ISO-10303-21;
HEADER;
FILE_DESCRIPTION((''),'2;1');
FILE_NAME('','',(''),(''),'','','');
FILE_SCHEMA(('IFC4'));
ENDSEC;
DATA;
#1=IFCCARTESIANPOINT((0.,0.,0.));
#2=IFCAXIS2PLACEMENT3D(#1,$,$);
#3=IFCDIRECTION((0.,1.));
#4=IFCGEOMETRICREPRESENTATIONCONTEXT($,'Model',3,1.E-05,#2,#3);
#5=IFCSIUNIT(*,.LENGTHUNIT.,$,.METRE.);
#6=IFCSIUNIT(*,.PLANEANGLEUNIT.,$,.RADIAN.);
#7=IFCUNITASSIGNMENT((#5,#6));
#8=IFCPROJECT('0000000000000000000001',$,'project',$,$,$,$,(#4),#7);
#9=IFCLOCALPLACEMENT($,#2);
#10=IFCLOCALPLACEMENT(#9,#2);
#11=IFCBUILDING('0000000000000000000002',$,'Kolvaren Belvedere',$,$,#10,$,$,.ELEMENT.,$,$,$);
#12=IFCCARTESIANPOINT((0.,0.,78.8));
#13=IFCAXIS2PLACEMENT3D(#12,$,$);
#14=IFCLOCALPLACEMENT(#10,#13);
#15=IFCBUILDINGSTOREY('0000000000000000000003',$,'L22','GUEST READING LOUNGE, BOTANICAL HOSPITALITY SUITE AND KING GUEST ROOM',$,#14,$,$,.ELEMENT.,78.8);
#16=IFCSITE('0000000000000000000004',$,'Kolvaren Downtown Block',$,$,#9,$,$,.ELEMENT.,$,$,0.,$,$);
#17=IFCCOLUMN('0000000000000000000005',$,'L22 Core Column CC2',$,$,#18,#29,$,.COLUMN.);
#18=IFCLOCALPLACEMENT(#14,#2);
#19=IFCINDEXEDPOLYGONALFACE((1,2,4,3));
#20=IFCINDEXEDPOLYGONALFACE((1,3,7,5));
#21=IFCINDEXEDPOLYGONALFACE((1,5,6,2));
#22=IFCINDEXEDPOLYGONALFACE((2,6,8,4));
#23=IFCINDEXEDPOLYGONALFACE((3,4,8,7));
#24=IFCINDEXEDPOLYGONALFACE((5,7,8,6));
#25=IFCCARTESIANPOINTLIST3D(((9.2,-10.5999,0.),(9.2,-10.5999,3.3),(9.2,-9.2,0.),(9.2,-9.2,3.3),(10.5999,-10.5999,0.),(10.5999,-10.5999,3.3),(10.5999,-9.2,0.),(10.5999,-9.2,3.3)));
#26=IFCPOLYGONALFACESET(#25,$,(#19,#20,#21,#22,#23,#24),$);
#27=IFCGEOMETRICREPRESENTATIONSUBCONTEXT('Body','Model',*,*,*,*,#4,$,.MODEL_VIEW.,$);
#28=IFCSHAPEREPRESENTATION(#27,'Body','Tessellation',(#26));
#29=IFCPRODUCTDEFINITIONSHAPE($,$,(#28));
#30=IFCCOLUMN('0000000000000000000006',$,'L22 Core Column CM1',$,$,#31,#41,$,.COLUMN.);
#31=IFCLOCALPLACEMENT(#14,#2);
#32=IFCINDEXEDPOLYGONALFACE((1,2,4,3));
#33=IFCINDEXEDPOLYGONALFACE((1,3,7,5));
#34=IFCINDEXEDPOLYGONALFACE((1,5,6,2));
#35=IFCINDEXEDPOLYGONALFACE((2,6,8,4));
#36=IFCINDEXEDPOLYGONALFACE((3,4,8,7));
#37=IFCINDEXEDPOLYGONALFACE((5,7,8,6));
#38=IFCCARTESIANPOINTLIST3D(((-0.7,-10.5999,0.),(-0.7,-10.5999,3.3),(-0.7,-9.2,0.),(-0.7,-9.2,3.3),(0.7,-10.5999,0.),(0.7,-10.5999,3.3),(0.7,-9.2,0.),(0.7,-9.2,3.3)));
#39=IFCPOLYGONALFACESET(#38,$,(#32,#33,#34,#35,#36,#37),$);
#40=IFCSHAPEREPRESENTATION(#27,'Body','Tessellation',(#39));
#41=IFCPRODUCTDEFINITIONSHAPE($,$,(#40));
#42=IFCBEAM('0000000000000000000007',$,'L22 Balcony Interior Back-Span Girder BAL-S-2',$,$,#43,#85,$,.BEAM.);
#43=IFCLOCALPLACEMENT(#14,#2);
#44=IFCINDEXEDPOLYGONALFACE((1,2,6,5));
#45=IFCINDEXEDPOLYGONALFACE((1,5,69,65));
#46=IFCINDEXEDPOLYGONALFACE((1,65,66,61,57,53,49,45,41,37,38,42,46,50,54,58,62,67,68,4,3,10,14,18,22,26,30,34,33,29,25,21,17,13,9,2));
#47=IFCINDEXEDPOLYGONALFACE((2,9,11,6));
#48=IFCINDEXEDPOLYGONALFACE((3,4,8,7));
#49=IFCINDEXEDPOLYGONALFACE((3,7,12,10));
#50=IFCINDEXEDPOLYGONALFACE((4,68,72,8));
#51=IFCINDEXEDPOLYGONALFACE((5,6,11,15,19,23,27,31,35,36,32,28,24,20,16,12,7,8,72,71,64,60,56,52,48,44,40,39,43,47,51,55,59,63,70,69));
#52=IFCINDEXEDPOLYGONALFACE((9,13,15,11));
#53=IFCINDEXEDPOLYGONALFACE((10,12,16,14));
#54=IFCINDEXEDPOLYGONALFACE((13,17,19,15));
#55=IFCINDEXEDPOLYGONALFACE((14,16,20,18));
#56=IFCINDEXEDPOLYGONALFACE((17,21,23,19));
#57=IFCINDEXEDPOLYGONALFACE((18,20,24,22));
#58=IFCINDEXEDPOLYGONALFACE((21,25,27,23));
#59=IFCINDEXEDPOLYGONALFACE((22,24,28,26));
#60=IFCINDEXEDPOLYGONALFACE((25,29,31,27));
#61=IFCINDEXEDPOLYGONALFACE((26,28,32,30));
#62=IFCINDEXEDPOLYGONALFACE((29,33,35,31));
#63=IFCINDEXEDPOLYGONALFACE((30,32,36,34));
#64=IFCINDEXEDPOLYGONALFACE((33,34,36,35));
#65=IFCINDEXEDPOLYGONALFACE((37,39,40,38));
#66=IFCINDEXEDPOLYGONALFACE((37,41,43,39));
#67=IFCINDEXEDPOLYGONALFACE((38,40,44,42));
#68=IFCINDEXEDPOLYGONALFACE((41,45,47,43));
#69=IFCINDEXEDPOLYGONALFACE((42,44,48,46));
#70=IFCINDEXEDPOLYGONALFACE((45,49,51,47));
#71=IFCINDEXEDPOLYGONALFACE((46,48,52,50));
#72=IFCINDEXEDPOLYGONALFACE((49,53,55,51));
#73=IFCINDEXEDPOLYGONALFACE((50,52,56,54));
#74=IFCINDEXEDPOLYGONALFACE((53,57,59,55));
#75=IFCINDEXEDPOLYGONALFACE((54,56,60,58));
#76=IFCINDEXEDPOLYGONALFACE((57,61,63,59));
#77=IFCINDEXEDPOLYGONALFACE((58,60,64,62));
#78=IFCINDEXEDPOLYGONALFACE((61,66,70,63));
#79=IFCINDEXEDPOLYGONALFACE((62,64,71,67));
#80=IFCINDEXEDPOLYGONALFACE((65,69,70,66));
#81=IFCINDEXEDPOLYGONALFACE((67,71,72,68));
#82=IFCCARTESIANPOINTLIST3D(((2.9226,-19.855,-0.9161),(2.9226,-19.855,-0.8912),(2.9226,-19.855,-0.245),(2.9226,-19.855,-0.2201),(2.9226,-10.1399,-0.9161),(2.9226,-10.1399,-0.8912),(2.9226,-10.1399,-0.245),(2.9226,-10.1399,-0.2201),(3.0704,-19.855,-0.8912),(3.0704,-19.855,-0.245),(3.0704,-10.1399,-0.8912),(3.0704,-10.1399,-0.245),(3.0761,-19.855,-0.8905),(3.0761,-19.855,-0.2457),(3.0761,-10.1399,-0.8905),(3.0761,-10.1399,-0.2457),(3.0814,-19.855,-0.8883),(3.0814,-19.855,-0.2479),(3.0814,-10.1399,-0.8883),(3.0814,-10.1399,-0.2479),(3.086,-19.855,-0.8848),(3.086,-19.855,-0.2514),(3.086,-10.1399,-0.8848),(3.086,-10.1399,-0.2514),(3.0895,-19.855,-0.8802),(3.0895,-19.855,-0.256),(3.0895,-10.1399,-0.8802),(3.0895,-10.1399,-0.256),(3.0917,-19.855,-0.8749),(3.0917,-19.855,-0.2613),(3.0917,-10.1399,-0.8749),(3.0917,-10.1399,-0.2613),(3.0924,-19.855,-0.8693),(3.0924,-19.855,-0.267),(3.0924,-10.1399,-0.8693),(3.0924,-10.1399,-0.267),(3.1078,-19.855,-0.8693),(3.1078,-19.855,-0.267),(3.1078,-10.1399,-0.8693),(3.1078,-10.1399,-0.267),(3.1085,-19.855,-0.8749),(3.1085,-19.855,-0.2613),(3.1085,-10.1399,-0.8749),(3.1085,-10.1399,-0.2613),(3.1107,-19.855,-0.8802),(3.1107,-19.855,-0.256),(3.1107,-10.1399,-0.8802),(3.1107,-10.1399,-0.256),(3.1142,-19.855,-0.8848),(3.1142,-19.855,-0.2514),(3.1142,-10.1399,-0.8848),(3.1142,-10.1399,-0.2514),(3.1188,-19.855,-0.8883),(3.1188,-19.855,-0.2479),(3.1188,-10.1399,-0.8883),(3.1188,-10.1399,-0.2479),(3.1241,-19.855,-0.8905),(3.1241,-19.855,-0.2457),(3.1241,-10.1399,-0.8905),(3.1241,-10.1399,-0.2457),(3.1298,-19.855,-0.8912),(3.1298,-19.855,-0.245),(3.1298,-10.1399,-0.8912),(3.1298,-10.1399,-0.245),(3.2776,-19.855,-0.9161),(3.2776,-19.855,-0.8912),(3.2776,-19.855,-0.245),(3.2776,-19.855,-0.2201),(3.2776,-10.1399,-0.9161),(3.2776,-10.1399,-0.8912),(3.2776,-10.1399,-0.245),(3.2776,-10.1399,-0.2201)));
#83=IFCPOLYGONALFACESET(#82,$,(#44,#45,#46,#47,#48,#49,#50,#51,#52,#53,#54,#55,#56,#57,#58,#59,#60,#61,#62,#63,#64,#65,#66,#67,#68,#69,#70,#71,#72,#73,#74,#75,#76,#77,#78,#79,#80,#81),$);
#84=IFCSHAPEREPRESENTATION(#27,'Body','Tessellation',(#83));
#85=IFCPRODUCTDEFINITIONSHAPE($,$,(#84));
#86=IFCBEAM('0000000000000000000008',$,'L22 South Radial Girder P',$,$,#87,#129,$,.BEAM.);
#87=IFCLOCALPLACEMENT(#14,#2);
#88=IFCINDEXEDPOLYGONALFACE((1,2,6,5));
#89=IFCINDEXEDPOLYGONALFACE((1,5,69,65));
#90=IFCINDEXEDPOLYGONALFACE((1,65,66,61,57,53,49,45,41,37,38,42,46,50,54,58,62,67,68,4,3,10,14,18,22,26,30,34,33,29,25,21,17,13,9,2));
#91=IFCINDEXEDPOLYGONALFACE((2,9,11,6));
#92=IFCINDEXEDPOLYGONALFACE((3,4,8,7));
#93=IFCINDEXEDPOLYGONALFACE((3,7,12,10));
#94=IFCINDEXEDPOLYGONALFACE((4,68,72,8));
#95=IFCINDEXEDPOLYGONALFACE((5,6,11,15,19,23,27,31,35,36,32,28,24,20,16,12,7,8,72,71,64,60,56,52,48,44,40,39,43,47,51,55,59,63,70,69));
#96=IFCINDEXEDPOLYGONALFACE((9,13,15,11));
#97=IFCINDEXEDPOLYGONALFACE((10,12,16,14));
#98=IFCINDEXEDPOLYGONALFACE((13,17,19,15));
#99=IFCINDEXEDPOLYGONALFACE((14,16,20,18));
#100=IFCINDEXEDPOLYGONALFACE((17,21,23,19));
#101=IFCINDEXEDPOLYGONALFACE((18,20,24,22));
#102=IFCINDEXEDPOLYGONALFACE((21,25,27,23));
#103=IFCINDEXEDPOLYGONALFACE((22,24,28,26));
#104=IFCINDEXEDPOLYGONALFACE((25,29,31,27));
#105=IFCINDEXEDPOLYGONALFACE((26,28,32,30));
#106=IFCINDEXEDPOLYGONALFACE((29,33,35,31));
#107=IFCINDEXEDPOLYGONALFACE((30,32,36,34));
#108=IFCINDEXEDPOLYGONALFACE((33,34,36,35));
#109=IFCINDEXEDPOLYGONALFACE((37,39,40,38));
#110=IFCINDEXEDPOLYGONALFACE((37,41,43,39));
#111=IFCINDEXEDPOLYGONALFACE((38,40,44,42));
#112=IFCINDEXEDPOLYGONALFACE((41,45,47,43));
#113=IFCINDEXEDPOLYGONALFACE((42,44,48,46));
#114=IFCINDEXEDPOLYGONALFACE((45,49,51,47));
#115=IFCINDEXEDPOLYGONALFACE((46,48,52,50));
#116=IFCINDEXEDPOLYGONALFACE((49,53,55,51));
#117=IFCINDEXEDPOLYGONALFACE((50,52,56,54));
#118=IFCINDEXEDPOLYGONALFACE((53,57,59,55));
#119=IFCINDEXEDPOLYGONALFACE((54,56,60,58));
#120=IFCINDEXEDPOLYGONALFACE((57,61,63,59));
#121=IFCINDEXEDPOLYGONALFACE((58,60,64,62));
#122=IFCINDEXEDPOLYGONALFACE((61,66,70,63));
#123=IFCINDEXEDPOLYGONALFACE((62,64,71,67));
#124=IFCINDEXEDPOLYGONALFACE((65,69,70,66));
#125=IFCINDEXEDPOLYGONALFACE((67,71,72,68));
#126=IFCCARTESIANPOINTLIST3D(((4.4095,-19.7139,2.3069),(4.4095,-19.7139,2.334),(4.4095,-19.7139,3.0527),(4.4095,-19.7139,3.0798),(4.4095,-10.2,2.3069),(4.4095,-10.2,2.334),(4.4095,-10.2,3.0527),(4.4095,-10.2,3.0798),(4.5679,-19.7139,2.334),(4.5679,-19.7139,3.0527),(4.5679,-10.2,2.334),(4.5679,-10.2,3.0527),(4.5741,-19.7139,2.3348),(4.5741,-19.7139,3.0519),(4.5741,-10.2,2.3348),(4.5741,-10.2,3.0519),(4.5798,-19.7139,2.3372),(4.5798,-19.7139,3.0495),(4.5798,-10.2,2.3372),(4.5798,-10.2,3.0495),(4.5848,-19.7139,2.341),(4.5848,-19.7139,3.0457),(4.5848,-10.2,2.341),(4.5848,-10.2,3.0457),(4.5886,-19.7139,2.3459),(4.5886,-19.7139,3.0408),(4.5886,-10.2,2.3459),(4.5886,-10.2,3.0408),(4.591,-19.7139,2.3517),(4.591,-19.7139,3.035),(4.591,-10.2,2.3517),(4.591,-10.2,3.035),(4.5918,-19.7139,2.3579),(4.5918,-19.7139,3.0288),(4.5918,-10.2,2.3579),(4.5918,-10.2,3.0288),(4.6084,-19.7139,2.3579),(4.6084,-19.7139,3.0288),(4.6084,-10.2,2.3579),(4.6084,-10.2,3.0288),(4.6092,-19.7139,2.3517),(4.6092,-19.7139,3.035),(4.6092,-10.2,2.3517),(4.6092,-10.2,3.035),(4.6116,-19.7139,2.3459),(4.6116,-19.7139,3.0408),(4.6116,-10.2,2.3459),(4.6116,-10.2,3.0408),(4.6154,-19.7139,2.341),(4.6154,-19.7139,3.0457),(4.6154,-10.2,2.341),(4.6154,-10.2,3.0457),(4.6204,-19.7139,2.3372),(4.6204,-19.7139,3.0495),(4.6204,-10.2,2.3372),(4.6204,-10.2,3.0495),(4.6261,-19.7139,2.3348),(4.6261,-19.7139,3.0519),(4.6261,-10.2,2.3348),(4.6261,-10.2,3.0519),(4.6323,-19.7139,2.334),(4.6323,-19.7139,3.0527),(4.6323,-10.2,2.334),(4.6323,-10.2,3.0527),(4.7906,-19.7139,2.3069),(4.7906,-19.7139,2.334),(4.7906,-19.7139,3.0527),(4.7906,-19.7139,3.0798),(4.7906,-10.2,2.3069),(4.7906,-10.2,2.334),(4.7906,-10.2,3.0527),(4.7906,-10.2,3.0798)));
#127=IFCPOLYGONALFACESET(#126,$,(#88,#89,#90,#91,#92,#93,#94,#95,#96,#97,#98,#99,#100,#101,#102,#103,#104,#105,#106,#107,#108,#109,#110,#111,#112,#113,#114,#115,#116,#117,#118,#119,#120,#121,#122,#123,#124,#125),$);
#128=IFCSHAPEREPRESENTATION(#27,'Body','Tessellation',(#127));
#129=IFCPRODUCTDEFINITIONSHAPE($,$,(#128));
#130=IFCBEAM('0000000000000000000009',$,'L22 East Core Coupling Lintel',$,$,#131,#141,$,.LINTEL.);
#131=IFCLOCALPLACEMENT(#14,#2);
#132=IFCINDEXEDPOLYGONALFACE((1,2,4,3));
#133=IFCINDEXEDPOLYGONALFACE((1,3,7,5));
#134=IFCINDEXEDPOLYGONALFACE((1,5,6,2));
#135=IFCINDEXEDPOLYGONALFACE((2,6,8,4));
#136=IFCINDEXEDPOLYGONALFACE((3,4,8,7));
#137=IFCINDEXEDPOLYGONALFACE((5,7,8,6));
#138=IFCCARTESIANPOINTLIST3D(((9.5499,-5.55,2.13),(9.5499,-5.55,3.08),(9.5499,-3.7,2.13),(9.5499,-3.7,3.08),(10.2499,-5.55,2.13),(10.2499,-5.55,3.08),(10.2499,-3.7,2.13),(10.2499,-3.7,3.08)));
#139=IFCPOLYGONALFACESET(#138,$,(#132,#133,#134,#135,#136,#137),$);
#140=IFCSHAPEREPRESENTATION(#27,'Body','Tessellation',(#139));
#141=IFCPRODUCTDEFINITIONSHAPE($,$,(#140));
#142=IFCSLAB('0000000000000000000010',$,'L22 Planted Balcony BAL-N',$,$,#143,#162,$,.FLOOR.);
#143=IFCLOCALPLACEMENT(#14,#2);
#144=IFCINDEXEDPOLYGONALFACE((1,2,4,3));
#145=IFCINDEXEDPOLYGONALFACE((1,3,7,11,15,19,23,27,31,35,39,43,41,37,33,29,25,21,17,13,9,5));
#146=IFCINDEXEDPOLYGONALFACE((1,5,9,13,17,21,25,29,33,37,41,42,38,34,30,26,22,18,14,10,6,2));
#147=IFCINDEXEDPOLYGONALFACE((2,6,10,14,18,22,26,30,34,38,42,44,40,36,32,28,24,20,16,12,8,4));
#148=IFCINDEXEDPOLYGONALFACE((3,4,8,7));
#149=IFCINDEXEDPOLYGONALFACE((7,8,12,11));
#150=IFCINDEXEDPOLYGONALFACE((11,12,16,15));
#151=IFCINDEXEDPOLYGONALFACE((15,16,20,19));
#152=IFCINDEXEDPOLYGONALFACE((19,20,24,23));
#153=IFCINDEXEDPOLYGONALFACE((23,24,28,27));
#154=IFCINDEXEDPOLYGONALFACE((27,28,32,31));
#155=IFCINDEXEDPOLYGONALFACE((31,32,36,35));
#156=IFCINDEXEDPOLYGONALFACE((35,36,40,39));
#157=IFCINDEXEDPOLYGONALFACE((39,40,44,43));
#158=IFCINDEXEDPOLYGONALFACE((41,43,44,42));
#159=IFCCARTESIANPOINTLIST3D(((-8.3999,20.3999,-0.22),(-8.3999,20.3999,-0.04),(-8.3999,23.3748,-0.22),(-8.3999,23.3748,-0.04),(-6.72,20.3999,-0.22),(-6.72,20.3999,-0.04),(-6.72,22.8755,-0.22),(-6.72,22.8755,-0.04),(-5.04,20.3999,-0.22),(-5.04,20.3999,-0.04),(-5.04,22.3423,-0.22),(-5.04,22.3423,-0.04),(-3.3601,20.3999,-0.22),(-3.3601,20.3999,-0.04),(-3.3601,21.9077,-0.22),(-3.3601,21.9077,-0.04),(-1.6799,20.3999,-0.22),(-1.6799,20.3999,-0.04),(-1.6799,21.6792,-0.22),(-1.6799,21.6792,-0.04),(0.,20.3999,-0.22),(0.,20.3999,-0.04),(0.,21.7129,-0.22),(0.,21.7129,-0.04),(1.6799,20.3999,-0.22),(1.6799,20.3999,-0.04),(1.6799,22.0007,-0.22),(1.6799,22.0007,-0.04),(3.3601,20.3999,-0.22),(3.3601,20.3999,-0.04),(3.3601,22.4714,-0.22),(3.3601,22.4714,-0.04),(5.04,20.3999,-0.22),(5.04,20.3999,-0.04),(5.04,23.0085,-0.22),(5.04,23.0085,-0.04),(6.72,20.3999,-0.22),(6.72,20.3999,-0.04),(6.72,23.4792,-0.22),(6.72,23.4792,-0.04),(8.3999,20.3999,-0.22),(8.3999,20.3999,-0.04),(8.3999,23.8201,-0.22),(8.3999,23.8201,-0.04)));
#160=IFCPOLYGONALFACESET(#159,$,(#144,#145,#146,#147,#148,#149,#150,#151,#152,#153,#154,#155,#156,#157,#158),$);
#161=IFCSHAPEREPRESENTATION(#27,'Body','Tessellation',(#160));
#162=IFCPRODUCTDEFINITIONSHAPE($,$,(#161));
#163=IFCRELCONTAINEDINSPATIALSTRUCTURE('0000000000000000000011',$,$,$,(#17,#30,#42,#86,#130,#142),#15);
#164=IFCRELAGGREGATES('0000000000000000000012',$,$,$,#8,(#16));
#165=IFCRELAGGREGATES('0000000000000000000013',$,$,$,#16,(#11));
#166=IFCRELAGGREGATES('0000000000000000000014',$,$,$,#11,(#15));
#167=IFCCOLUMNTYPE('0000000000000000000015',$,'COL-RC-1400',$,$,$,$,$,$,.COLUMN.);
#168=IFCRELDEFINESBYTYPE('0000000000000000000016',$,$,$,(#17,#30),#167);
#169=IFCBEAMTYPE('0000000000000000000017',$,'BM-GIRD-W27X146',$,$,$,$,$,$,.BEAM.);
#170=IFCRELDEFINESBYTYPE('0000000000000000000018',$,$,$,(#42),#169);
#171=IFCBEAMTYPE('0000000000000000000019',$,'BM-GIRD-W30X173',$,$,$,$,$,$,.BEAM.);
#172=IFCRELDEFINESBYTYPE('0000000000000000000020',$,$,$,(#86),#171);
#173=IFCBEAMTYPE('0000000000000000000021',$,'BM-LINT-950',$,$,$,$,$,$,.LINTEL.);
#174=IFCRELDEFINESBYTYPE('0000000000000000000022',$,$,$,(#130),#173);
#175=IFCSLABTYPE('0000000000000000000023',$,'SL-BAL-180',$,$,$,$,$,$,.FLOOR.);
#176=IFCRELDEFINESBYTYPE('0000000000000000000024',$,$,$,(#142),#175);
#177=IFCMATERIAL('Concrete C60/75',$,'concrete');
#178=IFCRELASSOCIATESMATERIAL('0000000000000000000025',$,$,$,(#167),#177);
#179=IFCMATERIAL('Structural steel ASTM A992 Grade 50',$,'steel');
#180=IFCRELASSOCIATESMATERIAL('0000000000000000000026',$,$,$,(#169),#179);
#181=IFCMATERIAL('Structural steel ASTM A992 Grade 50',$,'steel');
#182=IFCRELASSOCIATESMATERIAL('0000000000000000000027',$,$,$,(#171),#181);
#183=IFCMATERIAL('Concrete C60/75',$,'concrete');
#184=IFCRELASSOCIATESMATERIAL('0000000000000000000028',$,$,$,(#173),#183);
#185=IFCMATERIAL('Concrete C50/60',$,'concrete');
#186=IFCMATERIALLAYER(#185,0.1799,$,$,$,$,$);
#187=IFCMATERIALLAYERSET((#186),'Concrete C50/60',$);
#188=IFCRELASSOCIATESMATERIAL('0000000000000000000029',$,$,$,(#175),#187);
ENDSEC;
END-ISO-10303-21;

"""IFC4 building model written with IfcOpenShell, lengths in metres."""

from ifc_helpers import new_model, si_unit, direction, frame, origin, origin_2d, place, context, subcontext, project, spatial, polyline, rectangle, i_section, outline, extrude, material, layer, layer_set, material_profile, profile_set, type_object, element, save


model = new_model("IFC4")

# Units and contexts
model_context = context("Model", 3, precision=1e-05, world=origin(), true_north=direction((0.0, 1.0)))
body_context = subcontext(model_context, "Body", "Model", "MODEL_VIEW")
ifc_project = project(units=[si_unit("LENGTHUNIT", "METRE"), si_unit("PLANEANGLEUNIT", "RADIAN")], contexts=[model_context])

# Site, building, storey
site_placement = place(None, origin())
site = spatial("IfcSite", under=ifc_project, at=site_placement, Name="Kolvaren Downtown Block", CompositionType="ELEMENT", RefElevation=0.0)
building_placement = place(site_placement, origin())
building = spatial("IfcBuilding", under=site, at=building_placement, Name="Kolvaren Belvedere", CompositionType="ELEMENT")
storey_placement = place(building_placement, frame((0.0, 0.0, 78.8)))
storey = spatial("IfcBuildingStorey", under=building, at=storey_placement, Name="L22", Description="GUEST READING LOUNGE, BOTANICAL HOSPITALITY SUITE AND KING GUEST ROOM", CompositionType="ELEMENT", Elevation=78.8)

# Columns
ifc_material_1 = material(Name="Concrete C60/75", Category="concrete")
ifc_material_profile_1 = material_profile(ifc_material_1, rectangle(XDim=1.3999, YDim=1.3999, at=origin_2d()), Name="RC 1400X1400")
ifc_profile_set_1 = profile_set([ifc_material_profile_1], Name="Concrete C60/75")
column_type = type_object("IfcColumnType", Name="COL-RC-1400", PredefinedType="COLUMN", material=ifc_profile_set_1)
for number, where, z_axis, x_axis, name in (
    (1, (9.8999, -9.8999, 0.0), (0.0, 0.0, 1.0), (1.0, 0.0, 0.0), "L22 Core Column CC2"),
    (2, (0.0, -9.8999, 0.0), (0.0, 0.0, 1.0), (1.0, 0.0, 0.0), "L22 Core Column CM1"),
):
    element("IfcColumn", number, at=place(storey_placement, frame(where, z_axis=z_axis, x_axis=x_axis)), inside=storey, type_object=column_type, Name=name, PredefinedType="COLUMN", context=body_context, shape_type="SweptSolid", body=[
        extrude(rectangle(XDim=1.3999, YDim=1.3999, at=origin_2d()), origin(), (0.0, 0.0, 1.0), 3.3),
    ])

# Beams
ifc_material_2 = material(Name="Structural steel ASTM A992 Grade 50", Category="steel")
ifc_material_profile_2 = material_profile(ifc_material_2, i_section(OverallWidth=0.355, OverallDepth=0.696, WebThickness=0.0154, FlangeThickness=0.0249, FilletRadius=0.022, at=origin_2d()), Name="W27X146")
ifc_profile_set_2 = profile_set([ifc_material_profile_2], Name="Structural steel ASTM A992 Grade 50")
beam_type_1 = type_object("IfcBeamType", Name="BM-GIRD-W27X146", PredefinedType="BEAM", material=ifc_profile_set_2)
beam_1_placement = place(storey_placement, frame((3.1001, -10.1399, -0.5681), z_axis=(0.0, -1.0, 0.0), x_axis=(1.0, 0.0, 0.0)))
element("IfcBeam", 3, at=beam_1_placement, inside=storey, type_object=beam_type_1, Name="L22 Balcony Interior Back-Span Girder BAL-S-2", PredefinedType="BEAM", context=body_context, shape_type="SweptSolid", body=[
    extrude(i_section(OverallWidth=0.355, OverallDepth=0.696, WebThickness=0.0154, FlangeThickness=0.0249, FilletRadius=0.022, at=origin_2d()), origin(), (0.0, 0.0, 1.0), 9.7151),
])
ifc_material_3 = material(Name="Structural steel ASTM A992 Grade 50", Category="steel")
ifc_material_profile_3 = material_profile(ifc_material_3, i_section(OverallWidth=0.3811, OverallDepth=0.7729, WebThickness=0.0166, FlangeThickness=0.0271, FilletRadius=0.0239, at=origin_2d()), Name="W30X173")
ifc_profile_set_3 = profile_set([ifc_material_profile_3], Name="Structural steel ASTM A992 Grade 50")
beam_type_2 = type_object("IfcBeamType", Name="BM-GIRD-W30X173", PredefinedType="BEAM", material=ifc_profile_set_3)
beam_2_placement = place(storey_placement, frame((4.6001, -10.2, 2.6934), z_axis=(0.0, -1.0, 0.0), x_axis=(1.0, 0.0, 0.0)))
element("IfcBeam", 4, at=beam_2_placement, inside=storey, type_object=beam_type_2, Name="L22 South Radial Girder P", PredefinedType="BEAM", context=body_context, shape_type="SweptSolid", body=[
    extrude(i_section(OverallWidth=0.3811, OverallDepth=0.7729, WebThickness=0.0166, FlangeThickness=0.0271, FilletRadius=0.0239, at=origin_2d()), origin(), (0.0, 0.0, 1.0), 9.5139),
])
ifc_material_4 = material(Name="Concrete C60/75", Category="concrete")
ifc_material_profile_4 = material_profile(ifc_material_4, rectangle(XDim=0.7, YDim=0.95, at=origin_2d()), Name="RC 700X950")
ifc_profile_set_4 = profile_set([ifc_material_profile_4], Name="Concrete C60/75")
beam_type_3 = type_object("IfcBeamType", Name="BM-LINT-950", PredefinedType="LINTEL", material=ifc_profile_set_4)
beam_3_placement = place(storey_placement, frame((9.8999, -5.55, 2.605), z_axis=(0.0, 1.0, 0.0), x_axis=(-1.0, 0.0, 0.0)))
element("IfcBeam", 5, at=beam_3_placement, inside=storey, type_object=beam_type_3, Name="L22 East Core Coupling Lintel", PredefinedType="LINTEL", context=body_context, shape_type="SweptSolid", body=[
    extrude(rectangle(XDim=0.7, YDim=0.95, at=origin_2d()), origin(), (0.0, 0.0, 1.0), 1.8501),
])

# Slab
ifc_material_5 = material(Name="Concrete C50/60", Category="concrete")
ifc_layer_1 = layer(ifc_material_5, 0.1799)
ifc_layer_set_1 = layer_set([ifc_layer_1], Name="Concrete C50/60")
slab_type_1 = type_object("IfcSlabType", Name="SL-BAL-180", PredefinedType="FLOOR", material=ifc_layer_set_1)
slab_1_placement = place(storey_placement, frame((0.0, 0.0, -0.22)))
element("IfcSlab", 6, at=slab_1_placement, inside=storey, type_object=slab_type_1, Name="L22 Planted Balcony BAL-N", PredefinedType="FLOOR", context=body_context, shape_type="SweptSolid", body=[
    extrude(outline(polyline([(-8.3999, 20.3999), (-6.72, 20.3999), (-5.04, 20.3999), (-3.3601, 20.3999), (-1.6799, 20.3999), (0.0, 20.3999), (1.6799, 20.3999), (3.3601, 20.3999), (5.04, 20.3999), (6.72, 20.3999), (8.3999, 20.3999), (8.3999, 23.8201), (6.72, 23.4792), (5.04, 23.0085), (3.3601, 22.4714), (1.6799, 22.0007), (0.0, 21.7129), (-1.6799, 21.6792), (-3.3601, 21.9077), (-5.04, 22.3423), (-6.72, 22.8755), (-8.3999, 23.3748), (-8.3999, 20.3999)])), origin(), (0.0, 0.0, 1.0), 0.1799),
])

save(model, "model.ifc")
